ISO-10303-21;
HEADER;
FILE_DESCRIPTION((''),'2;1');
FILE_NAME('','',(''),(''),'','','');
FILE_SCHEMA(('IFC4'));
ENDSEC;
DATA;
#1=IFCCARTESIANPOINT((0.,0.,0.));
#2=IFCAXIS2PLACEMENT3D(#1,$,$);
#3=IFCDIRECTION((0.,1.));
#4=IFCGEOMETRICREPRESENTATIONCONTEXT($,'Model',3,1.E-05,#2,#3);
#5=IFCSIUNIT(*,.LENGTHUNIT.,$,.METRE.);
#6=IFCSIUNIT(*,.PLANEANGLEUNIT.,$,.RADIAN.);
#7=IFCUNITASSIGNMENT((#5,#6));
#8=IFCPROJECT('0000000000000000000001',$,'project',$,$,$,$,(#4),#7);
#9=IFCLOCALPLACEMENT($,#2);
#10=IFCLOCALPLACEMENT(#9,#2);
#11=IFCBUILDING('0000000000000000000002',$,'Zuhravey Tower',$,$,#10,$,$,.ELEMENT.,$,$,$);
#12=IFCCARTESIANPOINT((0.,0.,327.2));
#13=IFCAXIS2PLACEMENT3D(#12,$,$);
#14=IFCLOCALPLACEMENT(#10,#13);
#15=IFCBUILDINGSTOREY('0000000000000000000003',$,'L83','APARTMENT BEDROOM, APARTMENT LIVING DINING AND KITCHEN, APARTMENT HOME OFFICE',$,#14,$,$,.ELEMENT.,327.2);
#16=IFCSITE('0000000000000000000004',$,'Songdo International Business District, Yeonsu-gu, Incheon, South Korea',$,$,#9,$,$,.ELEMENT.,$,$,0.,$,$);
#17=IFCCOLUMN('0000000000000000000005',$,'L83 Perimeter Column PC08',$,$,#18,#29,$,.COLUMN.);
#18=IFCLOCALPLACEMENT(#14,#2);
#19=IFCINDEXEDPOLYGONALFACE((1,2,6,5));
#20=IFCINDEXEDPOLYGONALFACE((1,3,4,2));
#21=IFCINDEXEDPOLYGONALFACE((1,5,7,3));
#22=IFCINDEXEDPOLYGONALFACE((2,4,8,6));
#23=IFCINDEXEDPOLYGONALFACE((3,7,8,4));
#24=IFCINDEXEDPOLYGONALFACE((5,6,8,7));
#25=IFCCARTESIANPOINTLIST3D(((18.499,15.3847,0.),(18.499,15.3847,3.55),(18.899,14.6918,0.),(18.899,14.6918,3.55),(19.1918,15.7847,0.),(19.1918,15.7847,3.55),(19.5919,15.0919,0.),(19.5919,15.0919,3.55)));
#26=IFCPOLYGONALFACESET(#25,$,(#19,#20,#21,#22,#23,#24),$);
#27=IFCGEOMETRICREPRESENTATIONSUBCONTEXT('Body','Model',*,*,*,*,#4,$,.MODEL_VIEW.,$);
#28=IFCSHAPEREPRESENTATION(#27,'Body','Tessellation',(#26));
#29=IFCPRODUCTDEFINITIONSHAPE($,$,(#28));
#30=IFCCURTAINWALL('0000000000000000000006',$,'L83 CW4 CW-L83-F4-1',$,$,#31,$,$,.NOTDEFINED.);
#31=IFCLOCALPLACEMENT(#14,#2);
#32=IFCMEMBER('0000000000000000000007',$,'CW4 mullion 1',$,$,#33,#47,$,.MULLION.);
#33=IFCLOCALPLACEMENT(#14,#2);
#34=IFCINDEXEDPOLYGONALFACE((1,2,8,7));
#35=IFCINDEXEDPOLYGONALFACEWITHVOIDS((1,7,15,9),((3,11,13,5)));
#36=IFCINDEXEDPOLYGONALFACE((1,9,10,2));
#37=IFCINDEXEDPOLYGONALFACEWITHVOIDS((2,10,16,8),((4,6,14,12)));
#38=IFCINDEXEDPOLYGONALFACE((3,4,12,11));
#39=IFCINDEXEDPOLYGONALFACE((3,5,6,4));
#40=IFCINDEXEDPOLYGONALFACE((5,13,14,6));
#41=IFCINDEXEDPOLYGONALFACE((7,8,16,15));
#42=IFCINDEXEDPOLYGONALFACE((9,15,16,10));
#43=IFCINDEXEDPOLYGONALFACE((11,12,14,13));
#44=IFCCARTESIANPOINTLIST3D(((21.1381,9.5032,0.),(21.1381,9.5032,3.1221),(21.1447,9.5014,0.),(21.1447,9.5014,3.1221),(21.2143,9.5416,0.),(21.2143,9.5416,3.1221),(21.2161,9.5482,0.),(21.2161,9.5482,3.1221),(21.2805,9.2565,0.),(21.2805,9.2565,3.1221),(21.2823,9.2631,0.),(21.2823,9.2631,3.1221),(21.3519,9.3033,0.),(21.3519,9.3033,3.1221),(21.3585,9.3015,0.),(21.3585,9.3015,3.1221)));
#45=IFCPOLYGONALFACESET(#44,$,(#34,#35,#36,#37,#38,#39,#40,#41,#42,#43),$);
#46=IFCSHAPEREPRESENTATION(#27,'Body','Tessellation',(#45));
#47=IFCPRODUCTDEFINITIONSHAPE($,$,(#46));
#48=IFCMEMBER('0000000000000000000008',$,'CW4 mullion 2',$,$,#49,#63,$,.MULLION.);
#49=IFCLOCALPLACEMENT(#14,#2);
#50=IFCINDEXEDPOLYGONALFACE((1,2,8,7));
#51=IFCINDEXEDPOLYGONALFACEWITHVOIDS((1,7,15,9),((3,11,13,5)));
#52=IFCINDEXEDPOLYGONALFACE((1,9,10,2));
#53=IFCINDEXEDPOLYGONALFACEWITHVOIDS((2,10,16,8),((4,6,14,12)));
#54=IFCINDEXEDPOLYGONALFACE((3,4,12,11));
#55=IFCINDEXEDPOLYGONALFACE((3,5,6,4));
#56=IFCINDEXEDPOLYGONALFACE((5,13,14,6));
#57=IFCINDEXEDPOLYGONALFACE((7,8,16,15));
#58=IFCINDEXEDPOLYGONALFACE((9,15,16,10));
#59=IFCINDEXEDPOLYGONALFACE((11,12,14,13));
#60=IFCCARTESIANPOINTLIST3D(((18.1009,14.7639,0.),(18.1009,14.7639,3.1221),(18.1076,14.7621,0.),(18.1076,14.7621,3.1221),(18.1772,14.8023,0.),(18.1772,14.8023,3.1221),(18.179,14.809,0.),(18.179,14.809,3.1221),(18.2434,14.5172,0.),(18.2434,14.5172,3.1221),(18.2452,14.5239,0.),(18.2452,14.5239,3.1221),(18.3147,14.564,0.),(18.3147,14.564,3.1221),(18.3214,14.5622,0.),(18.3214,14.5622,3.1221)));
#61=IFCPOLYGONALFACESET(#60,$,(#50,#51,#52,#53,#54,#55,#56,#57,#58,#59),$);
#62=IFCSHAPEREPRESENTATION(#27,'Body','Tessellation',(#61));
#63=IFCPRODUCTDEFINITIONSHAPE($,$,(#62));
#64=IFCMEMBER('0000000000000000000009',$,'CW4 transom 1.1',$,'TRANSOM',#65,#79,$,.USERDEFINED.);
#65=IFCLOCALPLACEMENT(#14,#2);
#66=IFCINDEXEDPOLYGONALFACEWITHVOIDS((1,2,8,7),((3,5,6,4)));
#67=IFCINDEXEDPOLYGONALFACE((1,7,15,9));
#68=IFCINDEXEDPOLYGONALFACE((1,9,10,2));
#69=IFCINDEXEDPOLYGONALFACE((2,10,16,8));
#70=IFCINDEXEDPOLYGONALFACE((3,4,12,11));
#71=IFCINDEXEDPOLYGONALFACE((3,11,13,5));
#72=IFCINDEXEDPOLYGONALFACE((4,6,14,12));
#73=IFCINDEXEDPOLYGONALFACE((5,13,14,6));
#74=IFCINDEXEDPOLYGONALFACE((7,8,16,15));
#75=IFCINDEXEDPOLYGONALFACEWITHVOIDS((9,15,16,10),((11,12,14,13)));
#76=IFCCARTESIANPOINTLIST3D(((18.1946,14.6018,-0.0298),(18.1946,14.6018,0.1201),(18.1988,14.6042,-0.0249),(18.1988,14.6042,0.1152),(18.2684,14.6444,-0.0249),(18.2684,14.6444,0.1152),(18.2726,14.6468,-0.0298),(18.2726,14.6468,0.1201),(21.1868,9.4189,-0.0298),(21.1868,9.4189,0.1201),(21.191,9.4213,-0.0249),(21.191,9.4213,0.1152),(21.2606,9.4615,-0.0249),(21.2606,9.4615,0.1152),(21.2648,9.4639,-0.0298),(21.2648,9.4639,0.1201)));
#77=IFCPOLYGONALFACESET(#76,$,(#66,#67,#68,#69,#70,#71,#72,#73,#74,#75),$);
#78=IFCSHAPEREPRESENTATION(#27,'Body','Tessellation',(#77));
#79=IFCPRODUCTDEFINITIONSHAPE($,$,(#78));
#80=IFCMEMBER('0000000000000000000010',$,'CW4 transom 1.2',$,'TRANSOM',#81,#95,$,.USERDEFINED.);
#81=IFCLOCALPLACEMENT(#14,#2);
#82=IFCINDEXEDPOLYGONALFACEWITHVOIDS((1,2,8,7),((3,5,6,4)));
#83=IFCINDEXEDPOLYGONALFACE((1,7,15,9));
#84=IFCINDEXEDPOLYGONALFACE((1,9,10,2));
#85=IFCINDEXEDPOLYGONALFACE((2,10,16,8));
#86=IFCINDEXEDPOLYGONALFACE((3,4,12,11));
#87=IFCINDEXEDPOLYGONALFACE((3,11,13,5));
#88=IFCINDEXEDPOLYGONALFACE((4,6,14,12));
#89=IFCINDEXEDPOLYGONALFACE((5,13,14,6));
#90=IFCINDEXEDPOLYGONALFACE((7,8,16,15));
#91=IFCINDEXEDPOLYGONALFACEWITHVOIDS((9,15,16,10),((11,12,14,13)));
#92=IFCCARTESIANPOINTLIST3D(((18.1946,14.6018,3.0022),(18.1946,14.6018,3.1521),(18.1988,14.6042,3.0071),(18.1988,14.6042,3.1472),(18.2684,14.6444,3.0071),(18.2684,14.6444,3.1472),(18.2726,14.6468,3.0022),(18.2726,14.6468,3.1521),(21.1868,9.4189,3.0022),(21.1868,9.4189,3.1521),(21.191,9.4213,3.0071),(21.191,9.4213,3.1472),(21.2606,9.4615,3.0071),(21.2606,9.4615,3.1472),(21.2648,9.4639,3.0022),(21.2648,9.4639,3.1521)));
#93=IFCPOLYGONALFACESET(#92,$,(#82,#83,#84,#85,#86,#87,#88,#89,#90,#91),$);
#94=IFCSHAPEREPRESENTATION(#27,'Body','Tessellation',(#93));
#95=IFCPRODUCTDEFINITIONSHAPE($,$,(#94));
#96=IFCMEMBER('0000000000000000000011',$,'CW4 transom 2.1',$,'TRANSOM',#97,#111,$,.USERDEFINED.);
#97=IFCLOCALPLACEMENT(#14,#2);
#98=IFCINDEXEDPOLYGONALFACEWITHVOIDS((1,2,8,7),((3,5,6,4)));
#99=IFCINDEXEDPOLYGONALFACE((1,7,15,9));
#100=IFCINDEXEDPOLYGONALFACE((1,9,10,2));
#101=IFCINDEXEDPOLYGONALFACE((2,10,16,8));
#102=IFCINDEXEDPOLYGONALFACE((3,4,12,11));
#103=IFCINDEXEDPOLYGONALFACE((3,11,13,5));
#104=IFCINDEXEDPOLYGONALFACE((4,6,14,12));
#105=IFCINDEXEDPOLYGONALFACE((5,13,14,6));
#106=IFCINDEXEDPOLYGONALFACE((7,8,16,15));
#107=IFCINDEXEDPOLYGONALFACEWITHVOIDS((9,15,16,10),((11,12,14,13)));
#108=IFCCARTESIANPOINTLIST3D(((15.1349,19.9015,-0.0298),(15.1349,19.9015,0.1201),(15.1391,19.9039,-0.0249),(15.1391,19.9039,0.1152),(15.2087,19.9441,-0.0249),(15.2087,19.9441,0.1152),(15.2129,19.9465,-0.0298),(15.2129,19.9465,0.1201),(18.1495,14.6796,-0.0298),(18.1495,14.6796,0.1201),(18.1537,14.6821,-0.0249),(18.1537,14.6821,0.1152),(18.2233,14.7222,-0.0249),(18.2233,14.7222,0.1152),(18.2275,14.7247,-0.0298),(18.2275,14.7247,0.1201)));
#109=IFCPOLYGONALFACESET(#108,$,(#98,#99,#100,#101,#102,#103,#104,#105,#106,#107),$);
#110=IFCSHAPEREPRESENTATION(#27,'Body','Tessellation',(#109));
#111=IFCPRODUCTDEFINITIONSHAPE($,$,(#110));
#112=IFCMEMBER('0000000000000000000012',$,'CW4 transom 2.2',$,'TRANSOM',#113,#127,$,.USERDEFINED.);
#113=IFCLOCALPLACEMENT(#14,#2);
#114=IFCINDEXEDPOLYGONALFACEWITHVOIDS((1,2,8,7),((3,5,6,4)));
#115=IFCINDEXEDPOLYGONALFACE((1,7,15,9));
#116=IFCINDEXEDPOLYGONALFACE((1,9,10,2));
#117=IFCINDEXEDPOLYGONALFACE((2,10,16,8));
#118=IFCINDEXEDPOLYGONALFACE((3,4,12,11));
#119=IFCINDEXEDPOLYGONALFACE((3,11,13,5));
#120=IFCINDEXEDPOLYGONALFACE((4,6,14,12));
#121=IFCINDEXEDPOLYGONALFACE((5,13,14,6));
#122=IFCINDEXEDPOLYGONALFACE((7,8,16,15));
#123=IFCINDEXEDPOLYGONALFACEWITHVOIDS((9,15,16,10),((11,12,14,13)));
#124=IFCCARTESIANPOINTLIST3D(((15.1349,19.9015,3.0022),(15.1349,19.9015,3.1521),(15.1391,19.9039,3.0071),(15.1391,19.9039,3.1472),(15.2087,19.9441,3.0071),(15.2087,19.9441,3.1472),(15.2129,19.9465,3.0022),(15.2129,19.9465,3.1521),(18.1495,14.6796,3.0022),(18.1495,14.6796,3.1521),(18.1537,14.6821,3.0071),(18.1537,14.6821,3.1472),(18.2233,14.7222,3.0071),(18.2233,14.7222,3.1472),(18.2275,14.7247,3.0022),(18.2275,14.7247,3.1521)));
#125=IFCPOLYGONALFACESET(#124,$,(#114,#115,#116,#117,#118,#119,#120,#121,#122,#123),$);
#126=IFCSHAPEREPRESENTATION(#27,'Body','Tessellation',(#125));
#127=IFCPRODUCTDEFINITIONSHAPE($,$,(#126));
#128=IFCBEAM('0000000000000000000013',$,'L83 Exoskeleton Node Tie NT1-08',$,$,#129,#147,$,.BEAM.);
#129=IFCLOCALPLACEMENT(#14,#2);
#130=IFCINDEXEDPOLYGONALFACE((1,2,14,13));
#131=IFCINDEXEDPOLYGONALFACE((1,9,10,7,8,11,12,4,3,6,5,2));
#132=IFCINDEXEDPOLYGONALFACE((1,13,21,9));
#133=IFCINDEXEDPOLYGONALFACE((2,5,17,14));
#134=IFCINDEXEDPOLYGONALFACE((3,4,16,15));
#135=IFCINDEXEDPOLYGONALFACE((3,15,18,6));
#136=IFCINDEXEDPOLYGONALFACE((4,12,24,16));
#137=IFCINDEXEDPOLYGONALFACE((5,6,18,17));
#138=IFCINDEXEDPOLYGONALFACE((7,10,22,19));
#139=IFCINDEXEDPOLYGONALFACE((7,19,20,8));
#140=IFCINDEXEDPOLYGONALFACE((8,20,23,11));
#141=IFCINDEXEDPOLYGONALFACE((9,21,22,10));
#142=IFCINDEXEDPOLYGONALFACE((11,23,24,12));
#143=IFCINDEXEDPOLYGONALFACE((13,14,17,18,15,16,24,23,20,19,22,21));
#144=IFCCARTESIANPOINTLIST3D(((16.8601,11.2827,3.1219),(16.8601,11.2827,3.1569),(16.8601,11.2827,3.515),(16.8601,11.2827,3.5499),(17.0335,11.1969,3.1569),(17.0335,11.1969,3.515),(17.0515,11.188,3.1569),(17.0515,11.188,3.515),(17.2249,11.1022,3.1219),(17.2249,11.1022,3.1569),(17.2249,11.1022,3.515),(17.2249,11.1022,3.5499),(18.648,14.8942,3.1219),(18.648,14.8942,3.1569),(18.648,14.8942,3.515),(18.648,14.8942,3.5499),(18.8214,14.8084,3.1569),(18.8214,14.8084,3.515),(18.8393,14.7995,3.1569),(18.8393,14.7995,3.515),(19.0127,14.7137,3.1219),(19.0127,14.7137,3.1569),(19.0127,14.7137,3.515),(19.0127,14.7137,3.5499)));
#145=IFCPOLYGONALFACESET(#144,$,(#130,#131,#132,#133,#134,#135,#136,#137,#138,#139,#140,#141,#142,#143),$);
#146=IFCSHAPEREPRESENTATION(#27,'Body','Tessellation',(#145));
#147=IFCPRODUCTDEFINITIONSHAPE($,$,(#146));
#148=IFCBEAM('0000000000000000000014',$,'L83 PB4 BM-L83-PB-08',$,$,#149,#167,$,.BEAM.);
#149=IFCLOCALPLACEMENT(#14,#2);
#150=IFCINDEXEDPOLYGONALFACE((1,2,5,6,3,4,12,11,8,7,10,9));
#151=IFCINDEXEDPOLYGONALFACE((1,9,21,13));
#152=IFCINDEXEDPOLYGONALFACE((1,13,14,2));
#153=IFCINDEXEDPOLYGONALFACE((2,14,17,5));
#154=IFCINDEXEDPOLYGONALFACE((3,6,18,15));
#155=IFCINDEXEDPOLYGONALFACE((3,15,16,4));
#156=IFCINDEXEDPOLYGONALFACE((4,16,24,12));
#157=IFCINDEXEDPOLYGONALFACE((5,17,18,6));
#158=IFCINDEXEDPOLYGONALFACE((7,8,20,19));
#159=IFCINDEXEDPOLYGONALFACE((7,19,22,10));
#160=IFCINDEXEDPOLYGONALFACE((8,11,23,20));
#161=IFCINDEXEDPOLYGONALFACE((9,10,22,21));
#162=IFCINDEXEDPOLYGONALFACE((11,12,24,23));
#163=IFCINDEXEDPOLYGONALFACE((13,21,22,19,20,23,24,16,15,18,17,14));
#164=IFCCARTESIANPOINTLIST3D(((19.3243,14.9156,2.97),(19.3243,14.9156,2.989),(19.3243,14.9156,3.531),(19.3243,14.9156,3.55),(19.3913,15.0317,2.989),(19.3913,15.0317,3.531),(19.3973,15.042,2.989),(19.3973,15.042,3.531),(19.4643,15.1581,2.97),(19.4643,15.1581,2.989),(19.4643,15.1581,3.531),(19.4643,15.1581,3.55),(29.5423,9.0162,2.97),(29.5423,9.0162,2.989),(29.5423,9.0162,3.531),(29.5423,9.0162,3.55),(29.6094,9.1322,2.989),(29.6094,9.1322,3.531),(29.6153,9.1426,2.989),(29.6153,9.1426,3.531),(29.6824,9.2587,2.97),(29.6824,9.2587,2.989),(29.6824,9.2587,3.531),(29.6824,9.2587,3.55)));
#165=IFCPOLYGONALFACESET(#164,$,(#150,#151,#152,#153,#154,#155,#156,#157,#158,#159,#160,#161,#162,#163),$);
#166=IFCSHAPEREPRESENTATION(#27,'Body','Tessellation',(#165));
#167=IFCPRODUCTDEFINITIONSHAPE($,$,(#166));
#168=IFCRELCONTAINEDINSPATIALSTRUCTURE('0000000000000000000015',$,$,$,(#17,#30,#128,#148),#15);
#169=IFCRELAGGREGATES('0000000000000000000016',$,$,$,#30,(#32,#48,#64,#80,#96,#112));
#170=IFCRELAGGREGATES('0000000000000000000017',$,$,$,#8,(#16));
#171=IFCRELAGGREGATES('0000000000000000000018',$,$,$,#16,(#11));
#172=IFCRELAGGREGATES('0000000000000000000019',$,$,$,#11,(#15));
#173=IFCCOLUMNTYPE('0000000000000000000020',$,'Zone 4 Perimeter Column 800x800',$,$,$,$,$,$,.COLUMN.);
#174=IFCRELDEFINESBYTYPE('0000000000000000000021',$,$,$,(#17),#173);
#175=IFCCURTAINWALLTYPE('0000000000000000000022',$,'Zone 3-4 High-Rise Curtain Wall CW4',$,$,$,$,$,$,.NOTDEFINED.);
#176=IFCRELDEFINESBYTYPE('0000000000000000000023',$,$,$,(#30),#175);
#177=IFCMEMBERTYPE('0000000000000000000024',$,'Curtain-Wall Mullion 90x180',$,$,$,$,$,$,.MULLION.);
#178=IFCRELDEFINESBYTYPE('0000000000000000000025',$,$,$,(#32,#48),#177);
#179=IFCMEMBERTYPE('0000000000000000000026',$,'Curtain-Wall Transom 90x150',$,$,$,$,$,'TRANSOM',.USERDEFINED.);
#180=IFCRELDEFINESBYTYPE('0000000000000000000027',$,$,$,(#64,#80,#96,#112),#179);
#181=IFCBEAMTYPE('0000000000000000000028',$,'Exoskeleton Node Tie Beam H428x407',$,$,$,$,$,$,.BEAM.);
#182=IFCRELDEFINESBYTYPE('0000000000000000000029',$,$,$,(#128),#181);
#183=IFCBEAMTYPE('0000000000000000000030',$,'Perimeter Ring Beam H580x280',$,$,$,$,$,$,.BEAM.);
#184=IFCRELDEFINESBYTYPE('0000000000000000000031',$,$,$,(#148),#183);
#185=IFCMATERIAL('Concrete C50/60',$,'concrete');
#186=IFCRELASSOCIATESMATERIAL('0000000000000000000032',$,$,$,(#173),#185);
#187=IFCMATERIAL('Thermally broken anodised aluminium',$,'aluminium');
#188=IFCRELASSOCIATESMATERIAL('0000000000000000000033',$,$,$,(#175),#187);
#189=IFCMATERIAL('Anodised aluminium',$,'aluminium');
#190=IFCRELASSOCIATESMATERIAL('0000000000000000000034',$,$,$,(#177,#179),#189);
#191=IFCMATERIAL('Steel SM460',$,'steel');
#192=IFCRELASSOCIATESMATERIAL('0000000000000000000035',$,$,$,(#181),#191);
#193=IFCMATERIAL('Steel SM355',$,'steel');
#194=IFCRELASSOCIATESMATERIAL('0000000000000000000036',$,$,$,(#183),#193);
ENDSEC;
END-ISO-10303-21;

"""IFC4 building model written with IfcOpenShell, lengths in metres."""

from ifc_helpers import new_model, si_unit, direction, frame, origin, origin_2d, place, context, subcontext, project, spatial, rectangle, hollow_rectangle, i_section, extrude, material, material_profile, profile_set, type_object, element, aggregate, save


model = new_model("IFC4")

# Units and contexts
model_context = context("Model", 3, precision=1e-05, world=origin(), true_north=direction((0.0, 1.0)))
body_context = subcontext(model_context, "Body", "Model", "MODEL_VIEW")
ifc_project = project(units=[si_unit("LENGTHUNIT", "METRE"), si_unit("PLANEANGLEUNIT", "RADIAN")], contexts=[model_context])

# Site, building, storey
site_placement = place(None, origin())
site = spatial("IfcSite", under=ifc_project, at=site_placement, Name="Songdo International Business District, Yeonsu-gu, Incheon, South Korea", CompositionType="ELEMENT", RefElevation=0.0)
building_placement = place(site_placement, origin())
building = spatial("IfcBuilding", under=site, at=building_placement, Name="Zuhravey Tower", CompositionType="ELEMENT")
storey_placement = place(building_placement, frame((0.0, 0.0, 327.2)))
storey = spatial("IfcBuildingStorey", under=building, at=storey_placement, Name="L83", Description="APARTMENT BEDROOM, APARTMENT LIVING DINING AND KITCHEN, APARTMENT HOME OFFICE", CompositionType="ELEMENT", Elevation=327.2)

# Column
ifc_material_1 = material(Name="Concrete C50/60", Category="concrete")
ifc_material_profile_1 = material_profile(ifc_material_1, rectangle(XDim=0.8, YDim=0.8, at=origin_2d()), Name="RC-800x800")
ifc_profile_set_1 = profile_set([ifc_material_profile_1], Name="Concrete C50/60")
column_type = type_object("IfcColumnType", Name="Zone 4 Perimeter Column 800x800", PredefinedType="COLUMN", material=ifc_profile_set_1)
column_placement = place(storey_placement, frame((19.0454, 15.2383, 0.0), z_axis=(0.0, 0.0, 1.0), x_axis=(0.5, -0.866025, 0.0)))
element("IfcColumn", 1, at=column_placement, inside=storey, type_object=column_type, Name="L83 Perimeter Column PC08", PredefinedType="COLUMN", context=body_context, shape_type="SweptSolid", body=[
    extrude(rectangle(XDim=0.8, YDim=0.8, at=origin_2d()), origin(), (0.0, 0.0, 1.0), 3.55),
])

# Curtain wall, members
ifc_material_2 = material(Name="Thermally broken anodised aluminium", Category="aluminium")
curtain_wall_type = type_object("IfcCurtainWallType", Name="Zone 3-4 High-Rise Curtain Wall CW4", PredefinedType="NOTDEFINED", material=ifc_material_2)
curtain_wall_placement = place(storey_placement, origin())
curtain_wall = element("IfcCurtainWall", 2, at=curtain_wall_placement, inside=storey, type_object=curtain_wall_type, Name="L83 CW4 CW-L83-F4-1", PredefinedType="NOTDEFINED")
ifc_material_3 = material(Name="Anodised aluminium", Category="aluminium")
ifc_material_profile_2 = material_profile(ifc_material_3, hollow_rectangle(XDim=0.0901, YDim=0.2849, WallThickness=0.0049, at=origin_2d()), Name="ALU-RHS-90x285x5")
ifc_profile_set_2 = profile_set([ifc_material_profile_2], Name="Anodised aluminium")
member_type_1 = type_object("IfcMemberType", Name="Curtain-Wall Mullion 90x180", PredefinedType="MULLION", material=ifc_profile_set_2)
member_1_placement = place(storey_placement, frame((21.2483, 9.4023, 0.0), z_axis=(0.0, 0.0, 1.0), x_axis=(-0.866026, -0.5, 0.0)))
member_1 = element("IfcMember", 3, at=member_1_placement, type_object=member_type_1, Name="CW4 mullion 1", PredefinedType="MULLION", context=body_context, shape_type="SweptSolid", body=[
    extrude(hollow_rectangle(XDim=0.0901, YDim=0.2849, WallThickness=0.0049, at=origin_2d()), origin(), (0.0, 0.0, 1.0), 3.1221),
])
member_2_placement = place(storey_placement, frame((18.2112, 14.6631, 0.0), z_axis=(0.0, 0.0, 1.0), x_axis=(-0.866026, -0.5, 0.0)))
member_2 = element("IfcMember", 4, at=member_2_placement, type_object=member_type_1, Name="CW4 mullion 2", PredefinedType="MULLION", context=body_context, shape_type="SweptSolid", body=[
    extrude(hollow_rectangle(XDim=0.0901, YDim=0.2849, WallThickness=0.0049, at=origin_2d()), origin(), (0.0, 0.0, 1.0), 3.1221),
])
ifc_material_profile_3 = material_profile(ifc_material_3, hollow_rectangle(XDim=0.0901, YDim=0.1499, WallThickness=0.0049, at=origin_2d()), Name="ALU-RHS-90x150x5")
ifc_profile_set_3 = profile_set([ifc_material_profile_3], Name="Anodised aluminium")
member_type_2 = type_object("IfcMemberType", Name="Curtain-Wall Transom 90x150", ElementType="TRANSOM", PredefinedType="USERDEFINED", material=ifc_profile_set_3)
member_3_placement = place(storey_placement, frame((21.2258, 9.4414, 0.0452), z_axis=(-0.499983, 0.866035, 0.0), x_axis=(-0.866035, -0.499983, 0.0)))
member_3 = element("IfcMember", 5, at=member_3_placement, type_object=member_type_2, Name="CW4 transom 1.1", ObjectType="TRANSOM", PredefinedType="USERDEFINED", context=body_context, shape_type="SweptSolid", body=[
    extrude(hollow_rectangle(XDim=0.0901, YDim=0.1499, WallThickness=0.0049, at=origin_2d()), origin(), (0.0, 0.0, 1.0), 5.9846),
])
member_4_placement = place(storey_placement, frame((21.2258, 9.4414, 3.0771), z_axis=(-0.499983, 0.866035, 0.0), x_axis=(-0.866035, -0.499983, 0.0)))
member_4 = element("IfcMember", 6, at=member_4_placement, type_object=member_type_2, Name="CW4 transom 1.2", ObjectType="TRANSOM", PredefinedType="USERDEFINED", context=body_context, shape_type="SweptSolid", body=[
    extrude(hollow_rectangle(XDim=0.0901, YDim=0.1499, WallThickness=0.0049, at=origin_2d()), origin(), (0.0, 0.0, 1.0), 5.9846),
])
member_5_placement = place(storey_placement, frame((18.1885, 14.7021, 0.0452), z_axis=(-0.499971, 0.866042, 0.0), x_axis=(-0.866042, -0.499971, 0.0)))
member_5 = element("IfcMember", 7, at=member_5_placement, type_object=member_type_2, Name="CW4 transom 2.1", ObjectType="TRANSOM", PredefinedType="USERDEFINED", context=body_context, shape_type="SweptSolid", body=[
    extrude(hollow_rectangle(XDim=0.0901, YDim=0.1499, WallThickness=0.0049, at=origin_2d()), origin(), (0.0, 0.0, 1.0), 6.0295),
])
member_6_placement = place(storey_placement, frame((18.1885, 14.7021, 3.0771), z_axis=(-0.499971, 0.866042, 0.0), x_axis=(-0.866042, -0.499971, 0.0)))
member_6 = element("IfcMember", 8, at=member_6_placement, type_object=member_type_2, Name="CW4 transom 2.2", ObjectType="TRANSOM", PredefinedType="USERDEFINED", context=body_context, shape_type="SweptSolid", body=[
    extrude(hollow_rectangle(XDim=0.0901, YDim=0.1499, WallThickness=0.0049, at=origin_2d()), origin(), (0.0, 0.0, 1.0), 6.0295),
])

# Beams
ifc_material_4 = material(Name="Steel SM460", Category="steel")
ifc_material_profile_4 = material_profile(ifc_material_4, i_section(OverallWidth=0.407, OverallDepth=0.428, WebThickness=0.02, FlangeThickness=0.0349, at=origin_2d()), Name="H-428x407x20x35")
ifc_profile_set_4 = profile_set([ifc_material_profile_4], Name="Steel SM460")
beam_type_1 = type_object("IfcBeamType", Name="Exoskeleton Node Tie Beam H428x407", PredefinedType="BEAM", material=ifc_profile_set_4)
beam_1_placement = place(storey_placement, frame((18.8303, 14.804, 3.3359), z_axis=(-0.443648, -0.896201, 0.0), x_axis=(0.896201, -0.443648, 0.0)))
element("IfcBeam", 9, at=beam_1_placement, inside=storey, type_object=beam_type_1, Name="L83 Exoskeleton Node Tie NT1-08", PredefinedType="BEAM", context=body_context, shape_type="SweptSolid", body=[
    extrude(i_section(OverallWidth=0.407, OverallDepth=0.428, WebThickness=0.02, FlangeThickness=0.0349, at=origin_2d()), origin(), (0.0, 0.0, 1.0), 4.0298),
])
ifc_material_5 = material(Name="Steel SM355", Category="steel")
ifc_material_profile_5 = material_profile(ifc_material_5, i_section(OverallWidth=0.28, OverallDepth=0.5801, WebThickness=0.012, FlangeThickness=0.019, at=origin_2d()), Name="H-580x280x12x19")
ifc_profile_set_5 = profile_set([ifc_material_profile_5], Name="Steel SM355")
beam_type_2 = type_object("IfcBeamType", Name="Perimeter Ring Beam H580x280", PredefinedType="BEAM", material=ifc_profile_set_5)
beam_2_placement = place(storey_placement, frame((19.3943, 15.0369, 3.26), z_axis=(0.866024, -0.500002, 0.0), x_axis=(0.500002, 0.866024, 0.0)))
element("IfcBeam", 10, at=beam_2_placement, inside=storey, type_object=beam_type_2, Name="L83 PB4 BM-L83-PB-08", PredefinedType="BEAM", context=body_context, shape_type="SweptSolid", body=[
    extrude(i_section(OverallWidth=0.28, OverallDepth=0.5801, WebThickness=0.012, FlangeThickness=0.019, at=origin_2d()), origin(), (0.0, 0.0, 1.0), 11.7988),
])

aggregate(curtain_wall, [member_1, member_2, member_3, member_4, member_5, member_6])

save(model, "model.ifc")
